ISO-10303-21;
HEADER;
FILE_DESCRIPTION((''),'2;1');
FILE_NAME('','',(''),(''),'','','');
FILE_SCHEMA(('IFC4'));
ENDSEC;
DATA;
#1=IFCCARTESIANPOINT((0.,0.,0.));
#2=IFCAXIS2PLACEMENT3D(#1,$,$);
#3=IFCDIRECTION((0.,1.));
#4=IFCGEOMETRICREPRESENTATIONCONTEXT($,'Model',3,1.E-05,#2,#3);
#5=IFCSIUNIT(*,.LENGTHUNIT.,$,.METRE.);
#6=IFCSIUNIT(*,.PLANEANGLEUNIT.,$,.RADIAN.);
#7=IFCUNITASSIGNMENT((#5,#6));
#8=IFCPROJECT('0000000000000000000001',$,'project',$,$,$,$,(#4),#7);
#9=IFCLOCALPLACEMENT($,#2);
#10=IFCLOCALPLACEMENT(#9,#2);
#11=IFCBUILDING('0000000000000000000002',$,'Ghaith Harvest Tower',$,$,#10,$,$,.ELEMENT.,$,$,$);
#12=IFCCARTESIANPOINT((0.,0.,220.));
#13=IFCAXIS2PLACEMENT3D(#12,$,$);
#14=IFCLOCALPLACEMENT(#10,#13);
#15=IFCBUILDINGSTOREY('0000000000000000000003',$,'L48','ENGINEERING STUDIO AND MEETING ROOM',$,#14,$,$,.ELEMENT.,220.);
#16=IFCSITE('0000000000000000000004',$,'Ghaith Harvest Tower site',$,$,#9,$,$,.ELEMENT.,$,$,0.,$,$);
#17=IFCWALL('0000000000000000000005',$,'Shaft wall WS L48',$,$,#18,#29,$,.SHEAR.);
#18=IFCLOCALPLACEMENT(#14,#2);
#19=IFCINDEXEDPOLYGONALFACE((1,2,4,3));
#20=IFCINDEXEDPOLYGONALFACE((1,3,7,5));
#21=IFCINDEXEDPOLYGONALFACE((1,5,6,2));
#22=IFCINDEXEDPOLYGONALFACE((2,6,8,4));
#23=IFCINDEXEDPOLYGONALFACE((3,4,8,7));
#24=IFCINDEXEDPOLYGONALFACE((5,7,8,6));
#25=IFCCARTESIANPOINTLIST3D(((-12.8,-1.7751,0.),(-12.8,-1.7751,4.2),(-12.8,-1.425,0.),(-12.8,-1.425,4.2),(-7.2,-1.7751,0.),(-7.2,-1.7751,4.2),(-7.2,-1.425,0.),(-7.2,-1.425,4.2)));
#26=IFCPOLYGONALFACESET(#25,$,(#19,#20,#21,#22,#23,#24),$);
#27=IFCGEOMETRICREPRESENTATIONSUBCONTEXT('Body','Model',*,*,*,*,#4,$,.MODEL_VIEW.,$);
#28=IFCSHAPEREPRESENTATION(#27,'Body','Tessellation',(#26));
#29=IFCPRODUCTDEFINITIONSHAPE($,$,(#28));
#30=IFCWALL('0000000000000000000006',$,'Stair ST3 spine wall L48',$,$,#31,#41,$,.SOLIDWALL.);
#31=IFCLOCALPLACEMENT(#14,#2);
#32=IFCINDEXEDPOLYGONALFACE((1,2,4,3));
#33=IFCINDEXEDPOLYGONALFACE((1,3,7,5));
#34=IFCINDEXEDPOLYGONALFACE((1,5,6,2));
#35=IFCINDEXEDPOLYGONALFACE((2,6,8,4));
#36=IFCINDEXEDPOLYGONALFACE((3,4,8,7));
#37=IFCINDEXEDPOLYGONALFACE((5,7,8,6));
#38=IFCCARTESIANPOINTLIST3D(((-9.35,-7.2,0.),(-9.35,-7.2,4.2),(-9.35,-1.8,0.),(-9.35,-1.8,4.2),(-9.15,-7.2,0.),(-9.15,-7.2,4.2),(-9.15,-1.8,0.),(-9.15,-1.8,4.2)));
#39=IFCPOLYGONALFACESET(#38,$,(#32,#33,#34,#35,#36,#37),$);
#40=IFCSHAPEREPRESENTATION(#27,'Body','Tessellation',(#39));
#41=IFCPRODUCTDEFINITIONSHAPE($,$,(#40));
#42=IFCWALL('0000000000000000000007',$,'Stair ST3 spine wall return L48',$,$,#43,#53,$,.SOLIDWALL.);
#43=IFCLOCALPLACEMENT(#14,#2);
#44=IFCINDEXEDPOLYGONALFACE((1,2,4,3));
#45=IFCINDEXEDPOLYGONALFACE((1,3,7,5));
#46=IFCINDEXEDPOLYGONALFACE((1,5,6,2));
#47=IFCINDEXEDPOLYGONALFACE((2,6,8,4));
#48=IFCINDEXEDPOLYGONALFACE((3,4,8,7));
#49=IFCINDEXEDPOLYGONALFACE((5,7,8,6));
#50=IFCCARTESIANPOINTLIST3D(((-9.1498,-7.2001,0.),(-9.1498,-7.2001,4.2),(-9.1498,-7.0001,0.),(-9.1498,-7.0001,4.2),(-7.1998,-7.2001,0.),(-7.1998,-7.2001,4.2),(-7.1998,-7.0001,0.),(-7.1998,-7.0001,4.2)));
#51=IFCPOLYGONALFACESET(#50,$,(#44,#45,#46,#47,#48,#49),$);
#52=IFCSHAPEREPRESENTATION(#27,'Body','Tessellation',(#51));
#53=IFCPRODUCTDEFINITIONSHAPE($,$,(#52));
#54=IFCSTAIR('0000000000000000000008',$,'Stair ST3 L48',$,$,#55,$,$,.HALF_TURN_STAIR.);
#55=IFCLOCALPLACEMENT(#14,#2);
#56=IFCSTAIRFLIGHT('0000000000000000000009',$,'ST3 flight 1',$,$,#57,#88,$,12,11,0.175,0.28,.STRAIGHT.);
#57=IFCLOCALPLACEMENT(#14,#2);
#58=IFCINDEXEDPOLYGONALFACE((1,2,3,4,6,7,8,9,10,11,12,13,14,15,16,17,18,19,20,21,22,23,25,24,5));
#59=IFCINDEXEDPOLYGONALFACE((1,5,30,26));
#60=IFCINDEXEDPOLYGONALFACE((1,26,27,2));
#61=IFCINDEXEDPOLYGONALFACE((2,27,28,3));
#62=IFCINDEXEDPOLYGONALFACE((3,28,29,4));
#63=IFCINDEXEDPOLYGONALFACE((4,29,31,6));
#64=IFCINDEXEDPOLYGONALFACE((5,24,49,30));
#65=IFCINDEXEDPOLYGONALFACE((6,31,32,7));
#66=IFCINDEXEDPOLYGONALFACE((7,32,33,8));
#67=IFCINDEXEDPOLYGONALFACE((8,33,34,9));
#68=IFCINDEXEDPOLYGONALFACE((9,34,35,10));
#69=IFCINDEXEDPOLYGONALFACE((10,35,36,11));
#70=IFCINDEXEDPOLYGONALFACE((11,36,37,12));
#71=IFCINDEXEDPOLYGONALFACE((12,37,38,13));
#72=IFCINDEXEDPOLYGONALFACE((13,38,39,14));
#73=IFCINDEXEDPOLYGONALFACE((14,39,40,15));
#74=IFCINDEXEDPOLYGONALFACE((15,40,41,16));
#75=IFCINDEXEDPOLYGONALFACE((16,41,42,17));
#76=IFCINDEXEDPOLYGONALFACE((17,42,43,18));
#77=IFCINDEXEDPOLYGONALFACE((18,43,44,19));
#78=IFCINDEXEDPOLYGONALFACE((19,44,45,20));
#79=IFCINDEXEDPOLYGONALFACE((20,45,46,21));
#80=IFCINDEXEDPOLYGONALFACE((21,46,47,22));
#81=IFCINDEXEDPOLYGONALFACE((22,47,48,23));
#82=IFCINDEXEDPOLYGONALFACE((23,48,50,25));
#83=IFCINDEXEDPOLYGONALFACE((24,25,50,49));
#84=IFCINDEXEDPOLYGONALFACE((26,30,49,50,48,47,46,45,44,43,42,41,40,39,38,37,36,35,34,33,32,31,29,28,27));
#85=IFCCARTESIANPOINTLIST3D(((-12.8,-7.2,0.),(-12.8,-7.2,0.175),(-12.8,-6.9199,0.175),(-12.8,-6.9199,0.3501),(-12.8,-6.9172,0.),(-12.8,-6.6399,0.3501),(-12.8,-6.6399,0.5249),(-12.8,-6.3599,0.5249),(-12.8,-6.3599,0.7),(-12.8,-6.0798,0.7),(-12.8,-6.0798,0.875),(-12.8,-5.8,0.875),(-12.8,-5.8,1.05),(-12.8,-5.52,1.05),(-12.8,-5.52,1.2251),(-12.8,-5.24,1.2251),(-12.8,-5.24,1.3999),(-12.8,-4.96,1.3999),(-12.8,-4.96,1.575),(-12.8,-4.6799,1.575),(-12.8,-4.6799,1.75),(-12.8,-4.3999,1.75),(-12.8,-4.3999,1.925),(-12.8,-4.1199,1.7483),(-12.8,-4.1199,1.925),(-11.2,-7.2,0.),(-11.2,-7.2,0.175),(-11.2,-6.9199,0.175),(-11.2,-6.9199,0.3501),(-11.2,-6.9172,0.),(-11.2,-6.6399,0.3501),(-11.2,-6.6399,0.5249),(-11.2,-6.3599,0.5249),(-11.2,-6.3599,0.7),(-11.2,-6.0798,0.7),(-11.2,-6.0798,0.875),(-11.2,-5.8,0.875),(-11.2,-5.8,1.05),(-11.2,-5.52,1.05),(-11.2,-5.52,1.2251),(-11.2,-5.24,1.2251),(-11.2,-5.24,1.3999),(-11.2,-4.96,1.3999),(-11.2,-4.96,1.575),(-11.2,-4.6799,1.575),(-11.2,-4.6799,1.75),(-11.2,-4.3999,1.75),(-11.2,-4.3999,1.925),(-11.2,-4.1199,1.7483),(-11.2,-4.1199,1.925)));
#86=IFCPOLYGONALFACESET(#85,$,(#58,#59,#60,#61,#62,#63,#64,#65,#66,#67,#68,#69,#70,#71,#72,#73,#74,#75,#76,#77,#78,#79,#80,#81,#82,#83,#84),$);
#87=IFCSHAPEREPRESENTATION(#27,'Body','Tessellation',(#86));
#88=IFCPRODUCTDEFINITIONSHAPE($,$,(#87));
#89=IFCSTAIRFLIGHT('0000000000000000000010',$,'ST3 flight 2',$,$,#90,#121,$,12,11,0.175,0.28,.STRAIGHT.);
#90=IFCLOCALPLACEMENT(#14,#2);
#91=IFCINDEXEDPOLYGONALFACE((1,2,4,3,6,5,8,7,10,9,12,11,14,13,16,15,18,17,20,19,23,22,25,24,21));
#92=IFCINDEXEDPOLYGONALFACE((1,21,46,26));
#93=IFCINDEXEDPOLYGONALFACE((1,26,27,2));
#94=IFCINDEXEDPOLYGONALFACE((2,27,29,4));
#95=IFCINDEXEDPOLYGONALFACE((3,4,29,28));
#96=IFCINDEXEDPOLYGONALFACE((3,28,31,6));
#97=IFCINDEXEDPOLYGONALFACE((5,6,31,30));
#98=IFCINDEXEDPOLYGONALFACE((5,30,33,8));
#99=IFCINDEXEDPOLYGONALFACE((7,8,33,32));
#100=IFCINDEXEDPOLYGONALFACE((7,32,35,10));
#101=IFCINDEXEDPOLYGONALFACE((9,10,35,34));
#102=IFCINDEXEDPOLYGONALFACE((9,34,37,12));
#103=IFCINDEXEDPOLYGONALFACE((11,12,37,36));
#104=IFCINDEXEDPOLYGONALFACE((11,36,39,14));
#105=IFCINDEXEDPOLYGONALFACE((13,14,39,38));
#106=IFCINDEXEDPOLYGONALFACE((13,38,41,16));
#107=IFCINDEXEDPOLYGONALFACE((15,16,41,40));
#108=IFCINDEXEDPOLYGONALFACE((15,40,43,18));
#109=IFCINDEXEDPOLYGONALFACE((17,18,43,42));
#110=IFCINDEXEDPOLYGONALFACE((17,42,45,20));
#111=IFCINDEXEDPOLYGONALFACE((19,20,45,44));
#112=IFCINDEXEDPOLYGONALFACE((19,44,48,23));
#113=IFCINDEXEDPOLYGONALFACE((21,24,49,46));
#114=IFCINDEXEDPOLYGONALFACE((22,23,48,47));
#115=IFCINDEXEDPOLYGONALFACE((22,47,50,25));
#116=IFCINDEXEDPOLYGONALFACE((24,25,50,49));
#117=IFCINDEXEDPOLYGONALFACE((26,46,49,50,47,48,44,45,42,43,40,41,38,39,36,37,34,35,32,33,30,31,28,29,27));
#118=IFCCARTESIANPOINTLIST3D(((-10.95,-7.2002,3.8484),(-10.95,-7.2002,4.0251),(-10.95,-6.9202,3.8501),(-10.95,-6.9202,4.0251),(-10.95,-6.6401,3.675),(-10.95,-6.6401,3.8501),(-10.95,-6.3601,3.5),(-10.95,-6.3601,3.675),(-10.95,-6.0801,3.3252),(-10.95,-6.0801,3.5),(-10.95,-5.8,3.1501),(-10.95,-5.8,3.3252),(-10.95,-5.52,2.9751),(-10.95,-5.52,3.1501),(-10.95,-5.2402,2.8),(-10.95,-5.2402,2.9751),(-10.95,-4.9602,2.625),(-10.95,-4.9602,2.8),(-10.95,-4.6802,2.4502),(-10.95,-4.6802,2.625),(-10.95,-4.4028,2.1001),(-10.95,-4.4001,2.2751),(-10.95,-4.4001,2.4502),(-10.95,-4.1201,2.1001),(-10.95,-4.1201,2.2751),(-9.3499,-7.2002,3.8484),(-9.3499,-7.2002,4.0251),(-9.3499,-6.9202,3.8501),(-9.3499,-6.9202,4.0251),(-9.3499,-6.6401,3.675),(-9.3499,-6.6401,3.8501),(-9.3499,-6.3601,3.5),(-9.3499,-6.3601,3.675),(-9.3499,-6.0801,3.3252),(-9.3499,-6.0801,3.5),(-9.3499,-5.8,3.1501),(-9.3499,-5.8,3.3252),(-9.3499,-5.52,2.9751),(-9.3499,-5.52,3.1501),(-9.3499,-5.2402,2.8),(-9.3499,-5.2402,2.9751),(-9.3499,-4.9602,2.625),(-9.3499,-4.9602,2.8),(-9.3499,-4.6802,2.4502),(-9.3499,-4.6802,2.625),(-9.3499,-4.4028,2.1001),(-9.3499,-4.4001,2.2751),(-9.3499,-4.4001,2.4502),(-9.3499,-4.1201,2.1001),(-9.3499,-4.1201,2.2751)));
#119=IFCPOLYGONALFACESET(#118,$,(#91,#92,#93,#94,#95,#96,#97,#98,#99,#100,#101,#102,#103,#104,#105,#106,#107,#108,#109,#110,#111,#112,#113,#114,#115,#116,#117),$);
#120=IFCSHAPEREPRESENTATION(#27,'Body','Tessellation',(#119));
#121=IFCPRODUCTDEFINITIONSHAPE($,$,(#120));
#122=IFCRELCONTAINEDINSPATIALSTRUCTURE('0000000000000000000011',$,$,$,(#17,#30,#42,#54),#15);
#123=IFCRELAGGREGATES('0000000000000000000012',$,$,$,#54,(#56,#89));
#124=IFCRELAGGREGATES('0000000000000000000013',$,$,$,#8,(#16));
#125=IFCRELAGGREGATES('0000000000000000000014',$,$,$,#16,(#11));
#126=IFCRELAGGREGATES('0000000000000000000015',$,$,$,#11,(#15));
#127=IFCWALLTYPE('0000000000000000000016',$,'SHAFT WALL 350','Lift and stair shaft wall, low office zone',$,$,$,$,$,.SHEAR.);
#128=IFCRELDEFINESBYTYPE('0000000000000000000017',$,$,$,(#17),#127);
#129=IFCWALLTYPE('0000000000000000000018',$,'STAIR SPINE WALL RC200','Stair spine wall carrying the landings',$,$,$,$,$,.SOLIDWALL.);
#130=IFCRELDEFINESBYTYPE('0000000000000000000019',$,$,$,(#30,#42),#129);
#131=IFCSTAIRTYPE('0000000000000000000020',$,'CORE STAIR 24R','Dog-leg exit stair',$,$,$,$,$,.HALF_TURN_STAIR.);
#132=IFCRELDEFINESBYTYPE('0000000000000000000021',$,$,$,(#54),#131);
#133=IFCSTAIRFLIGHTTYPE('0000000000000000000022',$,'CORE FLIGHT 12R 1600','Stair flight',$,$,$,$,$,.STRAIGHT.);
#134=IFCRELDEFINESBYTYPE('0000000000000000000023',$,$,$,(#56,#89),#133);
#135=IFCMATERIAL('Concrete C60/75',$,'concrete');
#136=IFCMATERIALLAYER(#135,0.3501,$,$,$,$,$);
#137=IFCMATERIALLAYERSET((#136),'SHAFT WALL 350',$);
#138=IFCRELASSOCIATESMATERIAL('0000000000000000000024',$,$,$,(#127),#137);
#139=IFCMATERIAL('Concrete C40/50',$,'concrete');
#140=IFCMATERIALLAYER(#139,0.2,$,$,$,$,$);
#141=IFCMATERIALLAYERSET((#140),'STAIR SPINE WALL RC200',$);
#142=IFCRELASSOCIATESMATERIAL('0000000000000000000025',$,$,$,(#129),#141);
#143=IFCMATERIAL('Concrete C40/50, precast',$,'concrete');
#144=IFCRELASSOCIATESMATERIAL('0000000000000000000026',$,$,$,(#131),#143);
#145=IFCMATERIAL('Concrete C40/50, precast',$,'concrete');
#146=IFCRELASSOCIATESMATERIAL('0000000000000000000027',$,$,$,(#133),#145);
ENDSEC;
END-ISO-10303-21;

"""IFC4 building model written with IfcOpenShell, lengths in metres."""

from ifc_helpers import new_model, si_unit, direction, frame, frame_2d, origin, place, context, subcontext, project, spatial, polyline, rectangle, outline, extrude, material, layer, layer_set, type_object, element, aggregate, save


model = new_model("IFC4")

# Units and contexts
model_context = context("Model", 3, precision=1e-05, world=origin(), true_north=direction((0.0, 1.0)))
body_context = subcontext(model_context, "Body", "Model", "MODEL_VIEW")
ifc_project = project(units=[si_unit("LENGTHUNIT", "METRE"), si_unit("PLANEANGLEUNIT", "RADIAN")], contexts=[model_context])

# Site, building, storey
site_placement = place(None, origin())
site = spatial("IfcSite", under=ifc_project, at=site_placement, Name="Ghaith Harvest Tower site", CompositionType="ELEMENT", RefElevation=0.0)
building_placement = place(site_placement, origin())
building = spatial("IfcBuilding", under=site, at=building_placement, Name="Ghaith Harvest Tower", CompositionType="ELEMENT")
storey_placement = place(building_placement, frame((0.0, 0.0, 220.0)))
storey = spatial("IfcBuildingStorey", under=building, at=storey_placement, Name="L48", Description="ENGINEERING STUDIO AND MEETING ROOM", CompositionType="ELEMENT", Elevation=220.0)

# Shared definitions
ifc_material_1 = material(Name="Concrete C60/75", Category="concrete")
ifc_layer_1 = layer(ifc_material_1, 0.3501)
ifc_layer_set_1 = layer_set([ifc_layer_1], Name="SHAFT WALL 350")
wall_type_1 = type_object("IfcWallType", Name="SHAFT WALL 350", Description="Lift and stair shaft wall, low office zone", PredefinedType="SHEAR", material=ifc_layer_set_1)

# Walls
wall_1_placement = place(storey_placement, frame((-12.8, -1.6001, 0.0), z_axis=(0.0, 0.0, 1.0), x_axis=(1.0, 0.0, 0.0)))
element("IfcWall", 1, at=wall_1_placement, inside=storey, type_object=wall_type_1, Name="Shaft wall WS L48", PredefinedType="SHEAR", context=body_context, shape_type="SweptSolid", body=[
    extrude(rectangle(XDim=5.6001, YDim=0.3501, at=frame_2d((2.8, 0.0))), origin(), (0.0, 0.0, 1.0), 4.2),
])
ifc_material_2 = material(Name="Concrete C40/50", Category="concrete")
ifc_layer_2 = layer(ifc_material_2, 0.2)
ifc_layer_set_2 = layer_set([ifc_layer_2], Name="STAIR SPINE WALL RC200")
wall_type_2 = type_object("IfcWallType", Name="STAIR SPINE WALL RC200", Description="Stair spine wall carrying the landings", PredefinedType="SOLIDWALL", material=ifc_layer_set_2)
wall_2_placement = place(storey_placement, frame((-9.25, -7.2, 0.0), z_axis=(0.0, 0.0, 1.0), x_axis=(0.0, 1.0, 0.0)))
element("IfcWall", 2, at=wall_2_placement, inside=storey, type_object=wall_type_2, Name="Stair ST3 spine wall L48", PredefinedType="SOLIDWALL", context=body_context, shape_type="SweptSolid", body=[
    extrude(rectangle(XDim=5.3999, YDim=0.2, at=frame_2d((2.7, 0.0))), origin(), (0.0, 0.0, 1.0), 4.2),
])
wall_3_placement = place(storey_placement, frame((-9.1499, -7.1001, 0.0), z_axis=(0.0, 0.0, 1.0), x_axis=(1.0, 0.0, 0.0)))
element("IfcWall", 3, at=wall_3_placement, inside=storey, type_object=wall_type_2, Name="Stair ST3 spine wall return L48", PredefinedType="SOLIDWALL", context=body_context, shape_type="SweptSolid", body=[
    extrude(rectangle(XDim=1.95, YDim=0.2, at=frame_2d((0.9751, 0.0))), origin(), (0.0, 0.0, 1.0), 4.2),
])

# Stair, stair flights
ifc_material_3 = material(Name="Concrete C40/50, precast", Category="concrete")
stair_type = type_object("IfcStairType", Name="CORE STAIR 24R", Description="Dog-leg exit stair", PredefinedType="HALF_TURN_STAIR", material=ifc_material_3)
stair_placement = place(storey_placement, origin())
stair = element("IfcStair", 4, at=stair_placement, inside=storey, type_object=stair_type, Name="Stair ST3 L48", PredefinedType="HALF_TURN_STAIR")
ifc_material_4 = material(Name="Concrete C40/50, precast", Category="concrete")
stair_flight_type = type_object("IfcStairFlightType", Name="CORE FLIGHT 12R 1600", Description="Stair flight", PredefinedType="STRAIGHT", material=ifc_material_4)
stair_flight_1_placement = place(storey_placement, frame((-12.0, -7.2, 0.0), z_axis=(0.0, 0.0, 1.0), x_axis=(0.0, 1.0, 0.0)))
stair_flight_1 = element("IfcStairFlight", 5, at=stair_flight_1_placement, type_object=stair_flight_type, Name="ST3 flight 1", NumberOfRisers=12, NumberOfTreads=11, PredefinedType="STRAIGHT", RiserHeight=0.175, TreadLength=0.28, context=body_context, shape_type="SweptSolid", body=[
    extrude(outline(polyline([(0.0, 0.0), (0.0, 0.175), (0.28, 0.175), (0.28, 0.3501), (0.5601, 0.3501), (0.5601, 0.5249), (0.8401, 0.5249), (0.8401, 0.7), (1.1201, 0.7), (1.1201, 0.875), (1.3999, 0.875), (1.3999, 1.05), (1.6799, 1.05), (1.6799, 1.2251), (1.96, 1.2251), (1.96, 1.3999), (2.24, 1.3999), (2.24, 1.575), (2.52, 1.575), (2.52, 1.75), (2.8, 1.75), (2.8, 1.925), (3.0801, 1.925), (3.0801, 2.1001), (3.0801, 1.7483), (0.2827, 0.0), (0.0, 0.0)])), frame((0.0, 0.8, 0.0), z_axis=(0.0, -1.0, 0.0), x_axis=(1.0, 0.0, 0.0)), (0.0, 0.0, 1.0), 1.6001),
])
stair_flight_2_placement = place(storey_placement, frame((-10.1499, -4.1201, 2.1001), z_axis=(0.0, 0.0, 1.0), x_axis=(0.0, -1.0, 0.0)))
stair_flight_2 = element("IfcStairFlight", 6, at=stair_flight_2_placement, type_object=stair_flight_type, Name="ST3 flight 2", NumberOfRisers=12, NumberOfTreads=11, PredefinedType="STRAIGHT", RiserHeight=0.175, TreadLength=0.28, context=body_context, shape_type="SweptSolid", body=[
    extrude(outline(polyline([(0.0, 0.0), (0.0, 0.175), (0.28, 0.175), (0.28, 0.3501), (0.5601, 0.3501), (0.5601, 0.5249), (0.8401, 0.5249), (0.8401, 0.7), (1.1201, 0.7), (1.1201, 0.875), (1.3999, 0.875), (1.3999, 1.05), (1.6799, 1.05), (1.6799, 1.2251), (1.96, 1.2251), (1.96, 1.3999), (2.24, 1.3999), (2.24, 1.575), (2.52, 1.575), (2.52, 1.75), (2.8, 1.75), (2.8, 1.925), (3.0801, 1.925), (3.0801, 2.1001), (3.0801, 1.7483), (0.2827, 0.0), (0.0, 0.0)])), frame((0.0, 0.8, 0.0), z_axis=(0.0, -1.0, 0.0), x_axis=(1.0, 0.0, 0.0)), (0.0, 0.0, 1.0), 1.6001),
])
aggregate(stair, [stair_flight_1, stair_flight_2])

save(model, "model.ifc")
